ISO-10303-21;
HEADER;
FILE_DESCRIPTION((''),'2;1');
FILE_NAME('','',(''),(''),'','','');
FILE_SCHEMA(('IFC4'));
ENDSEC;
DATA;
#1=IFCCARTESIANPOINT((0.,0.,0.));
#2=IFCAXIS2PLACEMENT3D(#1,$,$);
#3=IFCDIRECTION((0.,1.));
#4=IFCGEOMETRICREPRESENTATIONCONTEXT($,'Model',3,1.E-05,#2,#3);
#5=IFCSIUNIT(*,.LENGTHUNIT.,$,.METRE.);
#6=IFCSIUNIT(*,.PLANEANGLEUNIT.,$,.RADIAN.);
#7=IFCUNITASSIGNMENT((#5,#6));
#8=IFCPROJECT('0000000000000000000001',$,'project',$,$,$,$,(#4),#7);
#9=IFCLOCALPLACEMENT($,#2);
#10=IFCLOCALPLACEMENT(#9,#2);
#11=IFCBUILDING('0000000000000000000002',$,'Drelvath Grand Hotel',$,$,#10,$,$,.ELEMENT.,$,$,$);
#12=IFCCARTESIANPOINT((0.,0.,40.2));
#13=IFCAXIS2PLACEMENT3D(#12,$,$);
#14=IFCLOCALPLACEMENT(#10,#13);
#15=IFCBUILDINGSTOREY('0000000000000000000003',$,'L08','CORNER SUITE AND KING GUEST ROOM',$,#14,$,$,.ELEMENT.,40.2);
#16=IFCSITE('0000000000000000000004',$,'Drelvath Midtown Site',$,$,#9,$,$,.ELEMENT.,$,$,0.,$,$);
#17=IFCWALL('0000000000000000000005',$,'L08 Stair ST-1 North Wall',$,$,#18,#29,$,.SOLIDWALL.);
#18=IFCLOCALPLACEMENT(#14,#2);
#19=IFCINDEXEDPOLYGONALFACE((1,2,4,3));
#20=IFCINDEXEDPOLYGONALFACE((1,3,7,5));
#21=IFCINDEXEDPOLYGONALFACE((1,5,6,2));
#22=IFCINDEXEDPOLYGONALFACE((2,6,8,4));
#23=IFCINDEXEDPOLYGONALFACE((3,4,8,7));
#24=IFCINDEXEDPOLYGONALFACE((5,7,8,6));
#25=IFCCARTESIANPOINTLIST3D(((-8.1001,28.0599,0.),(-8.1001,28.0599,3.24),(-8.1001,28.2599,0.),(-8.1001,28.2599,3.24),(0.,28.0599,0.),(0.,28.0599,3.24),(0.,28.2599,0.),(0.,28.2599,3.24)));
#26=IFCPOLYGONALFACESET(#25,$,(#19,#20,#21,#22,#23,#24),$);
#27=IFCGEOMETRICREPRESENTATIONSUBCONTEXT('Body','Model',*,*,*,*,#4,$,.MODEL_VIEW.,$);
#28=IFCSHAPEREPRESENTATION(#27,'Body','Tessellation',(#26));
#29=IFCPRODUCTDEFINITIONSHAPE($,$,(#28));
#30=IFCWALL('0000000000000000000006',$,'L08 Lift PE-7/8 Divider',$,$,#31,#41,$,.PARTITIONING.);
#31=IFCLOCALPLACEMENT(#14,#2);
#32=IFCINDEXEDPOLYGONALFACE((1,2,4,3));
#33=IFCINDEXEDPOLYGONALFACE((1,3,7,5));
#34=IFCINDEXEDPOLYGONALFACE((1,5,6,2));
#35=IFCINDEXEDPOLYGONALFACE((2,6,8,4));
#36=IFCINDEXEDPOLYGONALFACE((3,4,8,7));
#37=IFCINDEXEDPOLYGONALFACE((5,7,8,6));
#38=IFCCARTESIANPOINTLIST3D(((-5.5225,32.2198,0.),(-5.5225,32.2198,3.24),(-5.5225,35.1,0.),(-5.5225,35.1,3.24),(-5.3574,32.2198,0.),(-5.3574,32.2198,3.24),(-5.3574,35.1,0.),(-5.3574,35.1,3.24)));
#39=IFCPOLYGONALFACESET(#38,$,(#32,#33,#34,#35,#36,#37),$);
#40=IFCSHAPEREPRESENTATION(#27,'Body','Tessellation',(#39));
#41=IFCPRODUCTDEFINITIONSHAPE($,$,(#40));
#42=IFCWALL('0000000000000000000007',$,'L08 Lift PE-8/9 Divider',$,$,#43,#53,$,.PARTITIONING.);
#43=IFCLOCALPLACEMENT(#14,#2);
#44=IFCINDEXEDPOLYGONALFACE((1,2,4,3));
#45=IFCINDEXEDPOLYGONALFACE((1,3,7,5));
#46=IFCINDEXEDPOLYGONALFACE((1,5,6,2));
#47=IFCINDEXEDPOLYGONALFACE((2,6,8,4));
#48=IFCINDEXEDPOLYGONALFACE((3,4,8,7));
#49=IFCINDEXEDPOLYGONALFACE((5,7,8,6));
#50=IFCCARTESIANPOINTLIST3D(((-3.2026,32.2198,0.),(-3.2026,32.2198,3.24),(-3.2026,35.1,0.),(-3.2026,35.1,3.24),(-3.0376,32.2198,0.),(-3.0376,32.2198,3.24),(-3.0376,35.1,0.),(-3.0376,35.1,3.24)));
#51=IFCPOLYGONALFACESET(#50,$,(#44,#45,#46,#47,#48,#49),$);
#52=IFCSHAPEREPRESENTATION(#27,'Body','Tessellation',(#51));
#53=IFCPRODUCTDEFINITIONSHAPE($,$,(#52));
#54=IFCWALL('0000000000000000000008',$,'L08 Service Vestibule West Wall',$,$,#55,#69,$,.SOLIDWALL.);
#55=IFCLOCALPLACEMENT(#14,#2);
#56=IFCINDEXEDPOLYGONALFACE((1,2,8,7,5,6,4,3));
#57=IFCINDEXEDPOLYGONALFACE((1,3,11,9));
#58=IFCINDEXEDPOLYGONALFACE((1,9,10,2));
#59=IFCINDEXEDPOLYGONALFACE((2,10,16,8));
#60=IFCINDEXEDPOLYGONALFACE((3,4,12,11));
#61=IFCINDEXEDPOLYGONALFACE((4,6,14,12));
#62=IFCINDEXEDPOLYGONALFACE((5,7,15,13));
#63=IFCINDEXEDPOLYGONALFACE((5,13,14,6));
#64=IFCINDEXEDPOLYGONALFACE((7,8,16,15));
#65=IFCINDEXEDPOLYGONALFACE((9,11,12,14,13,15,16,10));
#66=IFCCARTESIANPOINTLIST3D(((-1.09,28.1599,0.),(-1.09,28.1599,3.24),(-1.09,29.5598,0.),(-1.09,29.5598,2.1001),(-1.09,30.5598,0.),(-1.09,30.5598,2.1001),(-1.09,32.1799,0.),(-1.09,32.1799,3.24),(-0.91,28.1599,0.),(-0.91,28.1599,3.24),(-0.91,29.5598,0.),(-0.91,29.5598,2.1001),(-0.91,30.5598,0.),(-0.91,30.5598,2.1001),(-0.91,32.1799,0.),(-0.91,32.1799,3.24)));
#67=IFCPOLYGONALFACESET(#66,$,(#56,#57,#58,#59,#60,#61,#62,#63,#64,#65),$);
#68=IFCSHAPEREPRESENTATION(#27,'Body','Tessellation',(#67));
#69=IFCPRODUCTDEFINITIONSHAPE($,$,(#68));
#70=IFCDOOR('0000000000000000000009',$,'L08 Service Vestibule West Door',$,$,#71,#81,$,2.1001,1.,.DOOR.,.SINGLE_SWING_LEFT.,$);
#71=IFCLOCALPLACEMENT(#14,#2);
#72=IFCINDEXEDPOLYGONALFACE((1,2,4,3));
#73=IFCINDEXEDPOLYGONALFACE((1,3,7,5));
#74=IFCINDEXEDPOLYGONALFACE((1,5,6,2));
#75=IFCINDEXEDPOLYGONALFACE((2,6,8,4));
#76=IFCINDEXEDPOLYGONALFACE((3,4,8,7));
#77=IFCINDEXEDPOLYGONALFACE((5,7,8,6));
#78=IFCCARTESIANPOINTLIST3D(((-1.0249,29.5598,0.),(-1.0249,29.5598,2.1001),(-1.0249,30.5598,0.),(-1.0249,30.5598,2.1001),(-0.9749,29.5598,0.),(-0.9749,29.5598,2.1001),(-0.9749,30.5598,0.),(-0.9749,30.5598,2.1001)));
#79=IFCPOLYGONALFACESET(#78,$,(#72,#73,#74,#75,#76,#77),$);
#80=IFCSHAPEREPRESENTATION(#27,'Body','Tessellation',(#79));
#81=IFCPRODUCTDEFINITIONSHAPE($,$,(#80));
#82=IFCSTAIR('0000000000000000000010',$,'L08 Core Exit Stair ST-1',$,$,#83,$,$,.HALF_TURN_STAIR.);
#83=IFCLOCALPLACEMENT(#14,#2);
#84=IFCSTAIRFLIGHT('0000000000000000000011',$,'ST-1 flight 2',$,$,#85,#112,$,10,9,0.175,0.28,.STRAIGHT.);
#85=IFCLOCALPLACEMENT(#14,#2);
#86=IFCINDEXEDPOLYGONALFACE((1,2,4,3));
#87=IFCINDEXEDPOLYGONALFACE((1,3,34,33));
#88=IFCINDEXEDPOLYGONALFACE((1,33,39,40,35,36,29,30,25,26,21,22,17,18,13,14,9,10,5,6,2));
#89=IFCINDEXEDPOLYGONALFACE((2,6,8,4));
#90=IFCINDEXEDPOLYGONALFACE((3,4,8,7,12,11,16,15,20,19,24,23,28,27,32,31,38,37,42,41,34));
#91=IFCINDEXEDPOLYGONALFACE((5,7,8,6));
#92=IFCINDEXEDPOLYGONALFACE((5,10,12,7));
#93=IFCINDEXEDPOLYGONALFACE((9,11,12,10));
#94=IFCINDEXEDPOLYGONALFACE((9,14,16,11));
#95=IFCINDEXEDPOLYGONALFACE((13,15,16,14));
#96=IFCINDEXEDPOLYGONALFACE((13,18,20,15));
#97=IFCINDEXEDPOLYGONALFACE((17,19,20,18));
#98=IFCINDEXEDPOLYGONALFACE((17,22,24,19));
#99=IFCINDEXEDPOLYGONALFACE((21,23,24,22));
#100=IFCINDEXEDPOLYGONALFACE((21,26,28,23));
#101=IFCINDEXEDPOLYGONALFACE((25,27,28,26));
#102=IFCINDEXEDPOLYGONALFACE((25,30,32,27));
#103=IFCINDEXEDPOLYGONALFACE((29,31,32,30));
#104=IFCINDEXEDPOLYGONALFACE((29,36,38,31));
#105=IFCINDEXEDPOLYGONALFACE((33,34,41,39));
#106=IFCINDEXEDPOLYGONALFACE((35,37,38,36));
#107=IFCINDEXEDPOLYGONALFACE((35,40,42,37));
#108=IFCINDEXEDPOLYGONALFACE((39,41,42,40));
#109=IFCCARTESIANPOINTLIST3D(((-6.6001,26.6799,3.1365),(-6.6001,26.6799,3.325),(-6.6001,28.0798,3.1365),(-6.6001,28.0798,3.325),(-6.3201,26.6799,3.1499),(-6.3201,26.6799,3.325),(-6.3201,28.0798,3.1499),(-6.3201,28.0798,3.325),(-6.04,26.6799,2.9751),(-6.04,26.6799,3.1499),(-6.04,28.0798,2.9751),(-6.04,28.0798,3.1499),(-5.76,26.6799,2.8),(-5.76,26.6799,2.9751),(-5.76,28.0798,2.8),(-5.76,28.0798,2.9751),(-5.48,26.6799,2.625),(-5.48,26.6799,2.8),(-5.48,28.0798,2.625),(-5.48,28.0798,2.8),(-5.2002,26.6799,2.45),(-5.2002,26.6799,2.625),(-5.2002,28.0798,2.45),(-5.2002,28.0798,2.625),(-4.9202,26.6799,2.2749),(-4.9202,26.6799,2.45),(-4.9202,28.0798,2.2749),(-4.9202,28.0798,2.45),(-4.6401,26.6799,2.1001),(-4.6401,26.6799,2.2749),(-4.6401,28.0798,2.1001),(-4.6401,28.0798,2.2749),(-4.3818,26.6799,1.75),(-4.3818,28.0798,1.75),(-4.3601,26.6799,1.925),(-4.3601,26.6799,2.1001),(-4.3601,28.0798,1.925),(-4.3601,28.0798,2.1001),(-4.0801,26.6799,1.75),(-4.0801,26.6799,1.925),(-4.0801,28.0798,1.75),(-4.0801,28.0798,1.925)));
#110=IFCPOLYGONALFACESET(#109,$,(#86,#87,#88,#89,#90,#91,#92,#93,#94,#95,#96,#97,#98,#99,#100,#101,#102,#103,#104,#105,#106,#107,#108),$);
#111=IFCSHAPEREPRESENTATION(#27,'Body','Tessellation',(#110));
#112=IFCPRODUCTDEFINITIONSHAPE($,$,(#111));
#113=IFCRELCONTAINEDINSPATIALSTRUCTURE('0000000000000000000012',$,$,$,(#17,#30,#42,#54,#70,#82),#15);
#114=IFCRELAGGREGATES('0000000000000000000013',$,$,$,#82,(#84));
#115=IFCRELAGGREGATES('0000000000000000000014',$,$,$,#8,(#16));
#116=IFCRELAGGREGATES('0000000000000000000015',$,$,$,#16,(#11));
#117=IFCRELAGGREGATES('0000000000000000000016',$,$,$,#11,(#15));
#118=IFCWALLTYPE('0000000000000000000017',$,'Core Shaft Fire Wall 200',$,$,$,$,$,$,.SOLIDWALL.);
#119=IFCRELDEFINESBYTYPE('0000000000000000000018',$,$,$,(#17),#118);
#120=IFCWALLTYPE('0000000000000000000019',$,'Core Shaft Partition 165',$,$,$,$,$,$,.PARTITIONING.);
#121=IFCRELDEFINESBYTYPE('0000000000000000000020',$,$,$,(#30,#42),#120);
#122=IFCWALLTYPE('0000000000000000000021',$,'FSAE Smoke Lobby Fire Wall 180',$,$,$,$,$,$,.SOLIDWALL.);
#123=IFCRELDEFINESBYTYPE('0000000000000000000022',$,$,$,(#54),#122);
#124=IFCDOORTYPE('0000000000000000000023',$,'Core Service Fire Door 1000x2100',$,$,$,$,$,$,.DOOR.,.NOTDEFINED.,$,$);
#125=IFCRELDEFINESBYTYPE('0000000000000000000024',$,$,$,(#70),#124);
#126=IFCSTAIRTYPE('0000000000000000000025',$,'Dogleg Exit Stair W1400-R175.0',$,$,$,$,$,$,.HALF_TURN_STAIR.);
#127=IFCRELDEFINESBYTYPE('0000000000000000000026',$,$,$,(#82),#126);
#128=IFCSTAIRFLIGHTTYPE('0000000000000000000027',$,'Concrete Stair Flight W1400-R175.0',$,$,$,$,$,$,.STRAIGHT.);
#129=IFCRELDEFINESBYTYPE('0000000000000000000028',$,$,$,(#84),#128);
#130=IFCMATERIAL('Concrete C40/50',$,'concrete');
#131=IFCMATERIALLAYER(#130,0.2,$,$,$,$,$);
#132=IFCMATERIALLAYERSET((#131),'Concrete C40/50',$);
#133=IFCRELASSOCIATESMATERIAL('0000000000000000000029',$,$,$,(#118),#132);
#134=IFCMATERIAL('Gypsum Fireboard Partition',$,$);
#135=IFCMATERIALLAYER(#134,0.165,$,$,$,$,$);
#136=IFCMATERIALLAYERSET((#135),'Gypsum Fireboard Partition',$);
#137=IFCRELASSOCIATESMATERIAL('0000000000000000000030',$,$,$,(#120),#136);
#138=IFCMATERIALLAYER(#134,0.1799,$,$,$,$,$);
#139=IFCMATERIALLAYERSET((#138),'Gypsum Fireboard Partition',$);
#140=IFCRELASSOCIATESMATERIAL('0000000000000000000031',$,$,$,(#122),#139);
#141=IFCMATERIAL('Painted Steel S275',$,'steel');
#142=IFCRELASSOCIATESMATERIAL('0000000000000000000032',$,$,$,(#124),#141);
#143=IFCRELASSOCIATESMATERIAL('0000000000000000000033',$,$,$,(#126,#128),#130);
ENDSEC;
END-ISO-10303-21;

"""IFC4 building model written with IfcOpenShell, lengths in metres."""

from ifc_helpers import new_model, si_unit, direction, frame, frame_2d, origin, place, context, subcontext, project, spatial, polyline, rectangle, outline, extrude, material, layer, layer_set, type_object, element, fill, aggregate, save


model = new_model("IFC4")

# Units and contexts
model_context = context("Model", 3, precision=1e-05, world=origin(), true_north=direction((0.0, 1.0)))
body_context = subcontext(model_context, "Body", "Model", "MODEL_VIEW")
ifc_project = project(units=[si_unit("LENGTHUNIT", "METRE"), si_unit("PLANEANGLEUNIT", "RADIAN")], contexts=[model_context])

# Site, building, storey
site_placement = place(None, origin())
site = spatial("IfcSite", under=ifc_project, at=site_placement, Name="Drelvath Midtown Site", CompositionType="ELEMENT", RefElevation=0.0)
building_placement = place(site_placement, origin())
building = spatial("IfcBuilding", under=site, at=building_placement, Name="Drelvath Grand Hotel", CompositionType="ELEMENT")
storey_placement = place(building_placement, frame((0.0, 0.0, 40.2)))
storey = spatial("IfcBuildingStorey", under=building, at=storey_placement, Name="L08", Description="CORNER SUITE AND KING GUEST ROOM", CompositionType="ELEMENT", Elevation=40.2)

# Shared definitions
ifc_material_1 = material(Name="Painted Steel S275", Category="steel")

# Shared definitions
ifc_material_2 = material(Name="Concrete C40/50", Category="concrete")

# Walls
ifc_layer_1 = layer(ifc_material_2, 0.2)
ifc_layer_set_1 = layer_set([ifc_layer_1], Name="Concrete C40/50")
wall_type_1 = type_object("IfcWallType", Name="Core Shaft Fire Wall 200", PredefinedType="SOLIDWALL", material=ifc_layer_set_1)
wall_1_placement = place(storey_placement, frame((-8.1001, 28.1599, 0.0), z_axis=(0.0, 0.0, 1.0), x_axis=(1.0, 0.0, 0.0)))
element("IfcWall", 1, at=wall_1_placement, inside=storey, type_object=wall_type_1, Name="L08 Stair ST-1 North Wall", PredefinedType="SOLIDWALL", context=body_context, shape_type="SweptSolid", body=[
    extrude(rectangle(XDim=8.1001, YDim=0.2, at=frame_2d((4.05, 0.0))), origin(), (0.0, 0.0, 1.0), 3.24),
])
ifc_material_3 = material(Name="Gypsum Fireboard Partition")
ifc_layer_2 = layer(ifc_material_3, 0.165)
ifc_layer_set_2 = layer_set([ifc_layer_2], Name="Gypsum Fireboard Partition")
wall_type_2 = type_object("IfcWallType", Name="Core Shaft Partition 165", PredefinedType="PARTITIONING", material=ifc_layer_set_2)
for number, where, z_axis, x_axis, name in (
    (2, (-5.4399, 32.22, 0.0), (0.0, 0.0, 1.0), (0.0, 1.0, 0.0), "L08 Lift PE-7/8 Divider"),
    (3, (-3.1201, 32.22, 0.0), (0.0, 0.0, 1.0), (0.0, 1.0, 0.0), "L08 Lift PE-8/9 Divider"),
):
    element("IfcWall", number, at=place(storey_placement, frame(where, z_axis=z_axis, x_axis=x_axis)), inside=storey, type_object=wall_type_2, Name=name, PredefinedType="PARTITIONING", context=body_context, shape_type="SweptSolid", body=[
        extrude(rectangle(XDim=2.8801, YDim=0.165, at=frame_2d((1.4399, 0.0))), origin(), (0.0, 0.0, 1.0), 3.24),
    ])

# Wall, opening, door
ifc_layer_3 = layer(ifc_material_3, 0.1799)
ifc_layer_set_3 = layer_set([ifc_layer_3], Name="Gypsum Fireboard Partition")
wall_type_3 = type_object("IfcWallType", Name="FSAE Smoke Lobby Fire Wall 180", PredefinedType="SOLIDWALL", material=ifc_layer_set_3)
wall_2_placement = place(storey_placement, frame((-1.0, 28.1599, 0.0), z_axis=(0.0, 0.0, 1.0), x_axis=(0.0, 1.0, 0.0)))
wall_2 = element("IfcWall", 4, at=wall_2_placement, inside=storey, type_object=wall_type_3, Name="L08 Service Vestibule West Wall", PredefinedType="SOLIDWALL", context=body_context, shape_type="SweptSolid", body=[
    extrude(rectangle(XDim=4.02, YDim=0.1799, at=frame_2d((2.01, 0.0))), origin(), (0.0, 0.0, 1.0), 3.24),
])
opening_1_placement = place(wall_2_placement, frame((1.3999, 0.0, 0.0)))
opening_1 = element("IfcOpeningElement", 5, at=opening_1_placement, cuts=wall_2, PredefinedType="OPENING", context=body_context, shape_type="SweptSolid", body=[
    extrude(rectangle(XDim=1.0, YDim=2.1001, at=frame_2d((0.5, 1.05))), frame((0.0, 0.0999, 0.0), z_axis=(0.0, -1.0, 0.0), x_axis=(1.0, 0.0, 0.0)), (0.0, 0.0, 1.0), 0.2),
])
door_type_1 = type_object("IfcDoorType", Name="Core Service Fire Door 1000x2100", OperationType="NOTDEFINED", PredefinedType="DOOR", material=ifc_material_1)
door_1_placement = place(opening_1_placement, origin())
door_1 = element("IfcDoor", 6, at=door_1_placement, inside=storey, type_object=door_type_1, Name="L08 Service Vestibule West Door", OperationType="SINGLE_SWING_LEFT", OverallHeight=2.1001, OverallWidth=1.0, PredefinedType="DOOR", context=body_context, shape_type="SweptSolid", body=[
    extrude(rectangle(XDim=1.0, YDim=2.1001, at=frame_2d((0.5, 1.05))), frame((0.0, 0.0249, 0.0), z_axis=(0.0, -1.0, 0.0), x_axis=(1.0, 0.0, 0.0)), (0.0, 0.0, 1.0), 0.05),
])
fill(opening_1, door_1)

# Stair, stair flight
stair_type = type_object("IfcStairType", Name="Dogleg Exit Stair W1400-R175.0", PredefinedType="HALF_TURN_STAIR", material=ifc_material_2)
stair_placement = place(storey_placement, origin())
stair = element("IfcStair", 7, at=stair_placement, inside=storey, type_object=stair_type, Name="L08 Core Exit Stair ST-1", PredefinedType="HALF_TURN_STAIR")
stair_flight_type = type_object("IfcStairFlightType", Name="Concrete Stair Flight W1400-R175.0", PredefinedType="STRAIGHT", material=ifc_material_2)
stair_flight_placement = place(storey_placement, frame((-4.0801, 27.3799, 1.75), z_axis=(0.0, 0.0, 1.0), x_axis=(-1.0, 0.0, 0.0)))
stair_flight = element("IfcStairFlight", 8, at=stair_flight_placement, type_object=stair_flight_type, Name="ST-1 flight 2", NumberOfRisers=10, NumberOfTreads=9, PredefinedType="STRAIGHT", RiserHeight=0.175, TreadLength=0.28, context=body_context, shape_type="SweptSolid", body=[
    extrude(outline(polyline([(0.0, 0.0), (0.0, 0.175), (0.28, 0.175), (0.28, 0.3501), (0.5601, 0.3501), (0.5601, 0.5249), (0.8401, 0.5249), (0.8401, 0.7), (1.1201, 0.7), (1.1201, 0.875), (1.3999, 0.875), (1.3999, 1.05), (1.6799, 1.05), (1.6799, 1.2251), (1.96, 1.2251), (1.96, 1.3999), (2.24, 1.3999), (2.24, 1.575), (2.52, 1.575), (2.52, 1.75), (2.52, 1.3865), (0.3018, 0.0), (0.0, 0.0)])), frame((0.0, 0.7, 0.0), z_axis=(0.0, -1.0, 0.0), x_axis=(1.0, 0.0, 0.0)), (0.0, 0.0, 1.0), 1.3999),
])
aggregate(stair, [stair_flight])

save(model, "model.ifc")
